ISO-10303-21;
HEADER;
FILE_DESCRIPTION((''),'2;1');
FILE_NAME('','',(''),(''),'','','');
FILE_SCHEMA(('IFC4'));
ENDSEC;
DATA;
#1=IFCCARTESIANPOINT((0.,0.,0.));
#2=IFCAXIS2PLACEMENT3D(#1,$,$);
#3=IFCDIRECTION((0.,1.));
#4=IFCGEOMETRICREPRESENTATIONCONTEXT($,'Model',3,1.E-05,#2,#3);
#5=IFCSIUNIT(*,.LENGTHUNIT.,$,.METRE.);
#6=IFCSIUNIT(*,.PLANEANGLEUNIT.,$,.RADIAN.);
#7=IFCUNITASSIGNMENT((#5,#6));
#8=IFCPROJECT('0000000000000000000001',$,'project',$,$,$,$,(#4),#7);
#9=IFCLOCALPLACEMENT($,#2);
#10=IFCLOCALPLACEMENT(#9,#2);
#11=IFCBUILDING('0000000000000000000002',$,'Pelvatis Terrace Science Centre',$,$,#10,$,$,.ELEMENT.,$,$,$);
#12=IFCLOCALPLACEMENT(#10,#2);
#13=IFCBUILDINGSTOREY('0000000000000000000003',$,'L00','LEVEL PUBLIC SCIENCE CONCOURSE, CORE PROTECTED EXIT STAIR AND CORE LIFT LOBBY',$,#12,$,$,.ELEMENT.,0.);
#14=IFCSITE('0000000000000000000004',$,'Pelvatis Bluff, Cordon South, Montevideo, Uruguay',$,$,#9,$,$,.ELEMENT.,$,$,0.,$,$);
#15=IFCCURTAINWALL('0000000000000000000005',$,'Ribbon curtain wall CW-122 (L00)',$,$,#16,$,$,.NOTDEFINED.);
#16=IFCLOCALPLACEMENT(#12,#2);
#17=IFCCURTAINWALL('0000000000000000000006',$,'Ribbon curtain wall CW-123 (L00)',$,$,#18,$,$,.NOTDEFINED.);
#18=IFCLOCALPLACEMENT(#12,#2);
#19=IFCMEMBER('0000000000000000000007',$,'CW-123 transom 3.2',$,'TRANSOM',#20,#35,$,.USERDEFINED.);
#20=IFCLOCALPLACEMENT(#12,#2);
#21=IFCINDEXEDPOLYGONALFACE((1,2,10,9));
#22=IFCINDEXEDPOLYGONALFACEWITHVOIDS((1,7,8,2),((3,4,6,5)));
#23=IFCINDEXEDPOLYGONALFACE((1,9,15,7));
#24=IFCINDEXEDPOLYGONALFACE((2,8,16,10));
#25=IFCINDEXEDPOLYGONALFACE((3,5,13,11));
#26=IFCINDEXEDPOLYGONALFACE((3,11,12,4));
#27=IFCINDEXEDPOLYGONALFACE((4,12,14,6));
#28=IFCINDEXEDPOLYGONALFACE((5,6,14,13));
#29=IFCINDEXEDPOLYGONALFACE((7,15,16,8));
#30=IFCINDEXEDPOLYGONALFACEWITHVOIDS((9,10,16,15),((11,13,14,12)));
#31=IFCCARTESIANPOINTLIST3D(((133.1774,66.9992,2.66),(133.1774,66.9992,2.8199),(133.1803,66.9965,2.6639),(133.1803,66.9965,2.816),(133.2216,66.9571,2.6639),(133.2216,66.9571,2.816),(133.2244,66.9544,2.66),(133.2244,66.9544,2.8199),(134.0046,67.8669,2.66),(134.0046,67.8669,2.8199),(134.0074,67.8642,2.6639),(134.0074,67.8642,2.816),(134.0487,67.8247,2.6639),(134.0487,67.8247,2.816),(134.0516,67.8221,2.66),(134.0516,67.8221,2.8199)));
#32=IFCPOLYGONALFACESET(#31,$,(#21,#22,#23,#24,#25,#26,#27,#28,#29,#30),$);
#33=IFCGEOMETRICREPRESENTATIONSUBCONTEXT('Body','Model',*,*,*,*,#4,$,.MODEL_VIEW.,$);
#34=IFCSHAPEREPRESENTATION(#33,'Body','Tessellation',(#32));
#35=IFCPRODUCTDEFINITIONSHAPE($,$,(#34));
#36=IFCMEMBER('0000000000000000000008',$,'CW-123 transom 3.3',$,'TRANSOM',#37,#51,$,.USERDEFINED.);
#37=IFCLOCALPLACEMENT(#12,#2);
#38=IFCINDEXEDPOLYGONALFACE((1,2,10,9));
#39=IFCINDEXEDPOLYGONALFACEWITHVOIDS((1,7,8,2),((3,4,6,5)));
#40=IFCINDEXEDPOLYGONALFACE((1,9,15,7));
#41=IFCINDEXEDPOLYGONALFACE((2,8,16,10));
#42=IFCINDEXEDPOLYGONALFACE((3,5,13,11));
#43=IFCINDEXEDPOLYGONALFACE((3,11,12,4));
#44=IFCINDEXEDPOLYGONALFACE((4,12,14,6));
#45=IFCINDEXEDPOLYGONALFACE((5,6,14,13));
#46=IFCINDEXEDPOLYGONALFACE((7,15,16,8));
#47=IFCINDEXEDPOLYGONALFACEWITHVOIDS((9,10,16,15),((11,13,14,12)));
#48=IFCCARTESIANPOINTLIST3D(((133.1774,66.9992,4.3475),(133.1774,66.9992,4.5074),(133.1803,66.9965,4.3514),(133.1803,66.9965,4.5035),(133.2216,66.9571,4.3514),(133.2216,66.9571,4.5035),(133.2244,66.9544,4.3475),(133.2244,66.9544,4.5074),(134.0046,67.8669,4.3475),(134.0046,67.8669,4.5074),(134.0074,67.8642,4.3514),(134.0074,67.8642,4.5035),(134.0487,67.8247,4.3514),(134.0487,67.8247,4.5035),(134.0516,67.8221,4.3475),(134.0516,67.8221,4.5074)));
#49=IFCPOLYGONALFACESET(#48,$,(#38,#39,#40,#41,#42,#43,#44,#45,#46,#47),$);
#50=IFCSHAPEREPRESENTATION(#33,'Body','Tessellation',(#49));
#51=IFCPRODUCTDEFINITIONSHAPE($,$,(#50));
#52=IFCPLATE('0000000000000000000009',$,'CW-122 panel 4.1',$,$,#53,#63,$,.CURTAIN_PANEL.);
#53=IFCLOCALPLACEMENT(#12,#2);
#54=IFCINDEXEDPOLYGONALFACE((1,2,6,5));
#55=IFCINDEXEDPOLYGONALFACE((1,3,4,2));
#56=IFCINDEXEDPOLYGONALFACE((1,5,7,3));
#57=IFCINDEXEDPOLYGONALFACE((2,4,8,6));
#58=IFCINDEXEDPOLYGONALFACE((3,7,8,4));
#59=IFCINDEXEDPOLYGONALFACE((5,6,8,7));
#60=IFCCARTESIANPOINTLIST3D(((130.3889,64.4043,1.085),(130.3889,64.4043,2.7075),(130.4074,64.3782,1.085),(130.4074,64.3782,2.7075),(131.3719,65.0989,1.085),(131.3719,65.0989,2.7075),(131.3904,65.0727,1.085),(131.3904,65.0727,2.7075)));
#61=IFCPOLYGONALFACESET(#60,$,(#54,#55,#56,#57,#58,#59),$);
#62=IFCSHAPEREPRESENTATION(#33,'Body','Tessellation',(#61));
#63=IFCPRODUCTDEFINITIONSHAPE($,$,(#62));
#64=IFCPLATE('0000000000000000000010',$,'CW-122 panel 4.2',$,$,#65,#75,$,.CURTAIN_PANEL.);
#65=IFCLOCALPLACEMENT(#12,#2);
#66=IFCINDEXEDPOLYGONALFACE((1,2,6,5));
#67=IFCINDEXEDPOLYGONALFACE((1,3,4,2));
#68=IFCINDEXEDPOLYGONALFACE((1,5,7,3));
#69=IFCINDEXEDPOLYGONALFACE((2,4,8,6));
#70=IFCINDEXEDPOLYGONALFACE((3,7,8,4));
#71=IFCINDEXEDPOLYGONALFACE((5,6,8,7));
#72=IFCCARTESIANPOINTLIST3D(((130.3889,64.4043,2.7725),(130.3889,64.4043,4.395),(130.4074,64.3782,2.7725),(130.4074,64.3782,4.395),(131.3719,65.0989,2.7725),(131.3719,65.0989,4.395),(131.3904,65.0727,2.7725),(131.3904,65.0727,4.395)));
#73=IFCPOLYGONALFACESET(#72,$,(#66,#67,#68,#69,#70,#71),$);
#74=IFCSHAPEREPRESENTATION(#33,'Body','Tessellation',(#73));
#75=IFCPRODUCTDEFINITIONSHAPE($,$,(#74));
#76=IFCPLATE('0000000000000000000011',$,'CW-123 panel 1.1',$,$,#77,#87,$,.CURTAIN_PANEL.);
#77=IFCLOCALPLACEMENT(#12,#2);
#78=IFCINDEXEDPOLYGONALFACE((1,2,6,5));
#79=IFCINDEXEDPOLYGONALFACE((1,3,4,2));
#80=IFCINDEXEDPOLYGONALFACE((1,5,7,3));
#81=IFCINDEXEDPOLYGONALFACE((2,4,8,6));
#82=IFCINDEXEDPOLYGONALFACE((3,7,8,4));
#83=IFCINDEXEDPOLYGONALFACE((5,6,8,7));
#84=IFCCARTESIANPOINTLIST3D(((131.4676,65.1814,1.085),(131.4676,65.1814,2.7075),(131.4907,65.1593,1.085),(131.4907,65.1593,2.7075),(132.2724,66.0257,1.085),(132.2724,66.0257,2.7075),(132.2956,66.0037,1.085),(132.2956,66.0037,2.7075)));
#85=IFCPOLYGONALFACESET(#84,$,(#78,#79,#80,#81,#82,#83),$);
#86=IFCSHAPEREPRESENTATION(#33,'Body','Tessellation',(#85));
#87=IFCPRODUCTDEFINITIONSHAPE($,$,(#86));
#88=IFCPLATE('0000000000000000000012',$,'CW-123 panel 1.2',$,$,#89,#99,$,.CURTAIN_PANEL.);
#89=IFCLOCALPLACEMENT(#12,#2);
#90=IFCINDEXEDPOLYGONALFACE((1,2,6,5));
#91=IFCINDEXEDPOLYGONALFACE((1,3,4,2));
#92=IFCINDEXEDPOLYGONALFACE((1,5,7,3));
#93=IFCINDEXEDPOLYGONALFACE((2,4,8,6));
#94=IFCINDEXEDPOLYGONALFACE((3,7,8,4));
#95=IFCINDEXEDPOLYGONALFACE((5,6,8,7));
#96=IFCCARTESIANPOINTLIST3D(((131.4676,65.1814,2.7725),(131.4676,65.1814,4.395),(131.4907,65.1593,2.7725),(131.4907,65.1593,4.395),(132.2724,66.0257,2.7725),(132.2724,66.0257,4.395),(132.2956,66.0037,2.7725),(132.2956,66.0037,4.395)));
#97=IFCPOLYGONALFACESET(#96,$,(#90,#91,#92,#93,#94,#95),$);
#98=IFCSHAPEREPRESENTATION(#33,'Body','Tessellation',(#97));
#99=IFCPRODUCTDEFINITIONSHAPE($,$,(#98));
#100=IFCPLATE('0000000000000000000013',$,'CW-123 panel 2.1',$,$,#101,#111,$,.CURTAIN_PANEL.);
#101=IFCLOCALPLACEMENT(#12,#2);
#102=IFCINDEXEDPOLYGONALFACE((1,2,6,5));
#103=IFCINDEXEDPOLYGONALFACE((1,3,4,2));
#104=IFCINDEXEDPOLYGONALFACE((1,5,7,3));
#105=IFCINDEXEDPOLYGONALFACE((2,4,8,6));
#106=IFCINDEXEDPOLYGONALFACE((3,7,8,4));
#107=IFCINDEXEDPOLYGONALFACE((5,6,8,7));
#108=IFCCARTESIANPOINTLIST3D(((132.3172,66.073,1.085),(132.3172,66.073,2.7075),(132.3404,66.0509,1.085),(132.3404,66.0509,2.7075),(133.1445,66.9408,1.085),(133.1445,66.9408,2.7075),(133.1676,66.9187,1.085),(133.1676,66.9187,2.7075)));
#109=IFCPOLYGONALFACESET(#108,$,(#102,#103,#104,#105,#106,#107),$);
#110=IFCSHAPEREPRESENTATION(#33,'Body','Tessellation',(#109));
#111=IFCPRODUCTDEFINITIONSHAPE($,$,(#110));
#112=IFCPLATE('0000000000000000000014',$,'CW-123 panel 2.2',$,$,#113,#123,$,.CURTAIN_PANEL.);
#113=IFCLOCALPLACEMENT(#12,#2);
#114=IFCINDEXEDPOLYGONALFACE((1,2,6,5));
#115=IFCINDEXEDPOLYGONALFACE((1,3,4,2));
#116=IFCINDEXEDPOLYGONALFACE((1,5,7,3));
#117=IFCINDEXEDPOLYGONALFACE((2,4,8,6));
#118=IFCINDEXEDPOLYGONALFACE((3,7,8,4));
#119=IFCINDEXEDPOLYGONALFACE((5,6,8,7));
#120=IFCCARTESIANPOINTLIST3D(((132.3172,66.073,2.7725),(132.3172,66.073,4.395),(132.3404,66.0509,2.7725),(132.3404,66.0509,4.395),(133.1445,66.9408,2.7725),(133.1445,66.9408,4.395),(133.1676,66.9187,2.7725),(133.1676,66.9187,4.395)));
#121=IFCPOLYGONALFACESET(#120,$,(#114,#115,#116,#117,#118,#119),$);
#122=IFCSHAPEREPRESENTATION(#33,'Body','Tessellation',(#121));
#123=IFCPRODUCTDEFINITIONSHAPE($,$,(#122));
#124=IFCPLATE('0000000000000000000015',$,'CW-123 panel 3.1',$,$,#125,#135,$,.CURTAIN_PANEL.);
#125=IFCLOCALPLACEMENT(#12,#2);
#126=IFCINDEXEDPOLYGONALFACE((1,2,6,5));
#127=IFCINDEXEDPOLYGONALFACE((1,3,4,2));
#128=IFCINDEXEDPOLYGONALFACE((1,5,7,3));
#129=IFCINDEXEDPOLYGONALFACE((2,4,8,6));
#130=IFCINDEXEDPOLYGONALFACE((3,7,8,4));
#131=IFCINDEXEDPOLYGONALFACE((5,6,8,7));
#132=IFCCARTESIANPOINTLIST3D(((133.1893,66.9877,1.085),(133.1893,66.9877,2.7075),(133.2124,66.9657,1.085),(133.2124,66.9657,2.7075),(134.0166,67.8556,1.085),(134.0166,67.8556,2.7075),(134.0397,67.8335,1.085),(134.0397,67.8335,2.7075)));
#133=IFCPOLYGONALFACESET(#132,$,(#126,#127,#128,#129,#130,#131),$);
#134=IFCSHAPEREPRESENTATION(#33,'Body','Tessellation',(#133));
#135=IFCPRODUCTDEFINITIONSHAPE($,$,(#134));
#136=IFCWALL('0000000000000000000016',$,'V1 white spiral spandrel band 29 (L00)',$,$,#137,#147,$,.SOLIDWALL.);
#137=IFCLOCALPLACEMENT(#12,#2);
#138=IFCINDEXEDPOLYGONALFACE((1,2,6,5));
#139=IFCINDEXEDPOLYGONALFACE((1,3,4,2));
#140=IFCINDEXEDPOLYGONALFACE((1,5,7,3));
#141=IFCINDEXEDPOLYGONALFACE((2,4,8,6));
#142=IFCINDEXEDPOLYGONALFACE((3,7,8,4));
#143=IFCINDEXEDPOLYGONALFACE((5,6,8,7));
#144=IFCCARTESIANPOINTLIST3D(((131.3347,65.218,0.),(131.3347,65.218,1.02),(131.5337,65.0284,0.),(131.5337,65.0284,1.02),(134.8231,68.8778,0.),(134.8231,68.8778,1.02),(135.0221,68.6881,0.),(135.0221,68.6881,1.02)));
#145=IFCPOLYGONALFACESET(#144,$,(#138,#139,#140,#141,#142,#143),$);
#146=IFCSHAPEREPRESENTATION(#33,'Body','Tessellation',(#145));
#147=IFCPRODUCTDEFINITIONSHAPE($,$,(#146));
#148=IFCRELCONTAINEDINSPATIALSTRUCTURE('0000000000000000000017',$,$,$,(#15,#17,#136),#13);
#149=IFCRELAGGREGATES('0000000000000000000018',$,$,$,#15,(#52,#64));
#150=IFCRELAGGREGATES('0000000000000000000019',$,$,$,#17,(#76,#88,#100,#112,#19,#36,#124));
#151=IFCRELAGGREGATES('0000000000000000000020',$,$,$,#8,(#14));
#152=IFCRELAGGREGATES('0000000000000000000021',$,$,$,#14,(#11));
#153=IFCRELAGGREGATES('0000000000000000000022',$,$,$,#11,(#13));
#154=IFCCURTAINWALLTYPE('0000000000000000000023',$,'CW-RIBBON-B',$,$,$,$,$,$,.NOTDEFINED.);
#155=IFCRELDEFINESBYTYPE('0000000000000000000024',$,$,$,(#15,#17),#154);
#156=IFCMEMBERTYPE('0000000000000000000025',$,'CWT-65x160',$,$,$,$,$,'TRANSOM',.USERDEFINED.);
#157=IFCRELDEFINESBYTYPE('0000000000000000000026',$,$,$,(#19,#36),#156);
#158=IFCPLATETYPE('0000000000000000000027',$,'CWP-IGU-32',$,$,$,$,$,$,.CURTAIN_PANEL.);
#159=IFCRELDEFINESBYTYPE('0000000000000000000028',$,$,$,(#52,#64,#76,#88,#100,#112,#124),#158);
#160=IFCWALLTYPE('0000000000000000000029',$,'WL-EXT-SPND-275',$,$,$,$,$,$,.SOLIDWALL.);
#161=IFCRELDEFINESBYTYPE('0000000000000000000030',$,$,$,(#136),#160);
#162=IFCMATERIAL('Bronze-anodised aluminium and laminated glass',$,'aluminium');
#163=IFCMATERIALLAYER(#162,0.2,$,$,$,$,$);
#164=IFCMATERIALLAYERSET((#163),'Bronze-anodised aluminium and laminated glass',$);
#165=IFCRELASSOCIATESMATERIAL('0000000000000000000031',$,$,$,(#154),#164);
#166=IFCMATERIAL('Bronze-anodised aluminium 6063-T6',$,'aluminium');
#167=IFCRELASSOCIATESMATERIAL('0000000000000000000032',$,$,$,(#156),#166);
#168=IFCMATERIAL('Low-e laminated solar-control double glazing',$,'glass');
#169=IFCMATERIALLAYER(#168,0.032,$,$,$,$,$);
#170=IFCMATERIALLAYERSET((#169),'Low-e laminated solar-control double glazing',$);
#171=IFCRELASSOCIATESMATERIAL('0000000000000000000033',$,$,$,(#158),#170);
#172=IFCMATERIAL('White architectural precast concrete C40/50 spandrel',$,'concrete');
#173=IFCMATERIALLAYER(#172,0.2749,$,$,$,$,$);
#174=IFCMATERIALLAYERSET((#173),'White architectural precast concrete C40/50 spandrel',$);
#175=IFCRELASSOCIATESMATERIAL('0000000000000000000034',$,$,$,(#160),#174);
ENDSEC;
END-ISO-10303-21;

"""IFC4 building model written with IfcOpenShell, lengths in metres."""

from ifc_helpers import new_model, si_unit, direction, frame, frame_2d, origin, origin_2d, place, context, subcontext, project, spatial, rectangle, hollow_rectangle, extrude, material, layer, layer_set, material_profile, profile_set, type_object, element, aggregate, save


model = new_model("IFC4")

# Units and contexts
model_context = context("Model", 3, precision=1e-05, world=origin(), true_north=direction((0.0, 1.0)))
body_context = subcontext(model_context, "Body", "Model", "MODEL_VIEW")
ifc_project = project(units=[si_unit("LENGTHUNIT", "METRE"), si_unit("PLANEANGLEUNIT", "RADIAN")], contexts=[model_context])

# Site, building, storey
site_placement = place(None, origin())
site = spatial("IfcSite", under=ifc_project, at=site_placement, Name="Pelvatis Bluff, Cordon South, Montevideo, Uruguay", CompositionType="ELEMENT", RefElevation=0.0)
building_placement = place(site_placement, origin())
building = spatial("IfcBuilding", under=site, at=building_placement, Name="Pelvatis Terrace Science Centre", CompositionType="ELEMENT")
storey_placement = place(building_placement, origin())
storey = spatial("IfcBuildingStorey", under=building, at=storey_placement, Name="L00", Description="LEVEL PUBLIC SCIENCE CONCOURSE, CORE PROTECTED EXIT STAIR AND CORE LIFT LOBBY", CompositionType="ELEMENT", Elevation=0.0)

# Curtain wall
ifc_material_1 = material(Name="Bronze-anodised aluminium and laminated glass", Category="aluminium")
ifc_layer_1 = layer(ifc_material_1, 0.2)
ifc_layer_set_1 = layer_set([ifc_layer_1], Name="Bronze-anodised aluminium and laminated glass")
curtain_wall_type = type_object("IfcCurtainWallType", Name="CW-RIBBON-B", PredefinedType="NOTDEFINED", material=ifc_layer_set_1)
curtain_wall_1_placement = place(storey_placement, origin())
curtain_wall_1 = element("IfcCurtainWall", 1, at=curtain_wall_1_placement, inside=storey, type_object=curtain_wall_type, Name="Ribbon curtain wall CW-122 (L00)", PredefinedType="NOTDEFINED")

# Curtain wall, members
curtain_wall_2_placement = place(storey_placement, origin())
curtain_wall_2 = element("IfcCurtainWall", 2, at=curtain_wall_2_placement, inside=storey, type_object=curtain_wall_type, Name="Ribbon curtain wall CW-123 (L00)", PredefinedType="NOTDEFINED")
ifc_material_2 = material(Name="Bronze-anodised aluminium 6063-T6", Category="aluminium")
ifc_material_profile_1 = material_profile(ifc_material_2, hollow_rectangle(XDim=0.0649, YDim=0.1599, WallThickness=0.0039, at=origin_2d()), Name="ALU-TRN 65x160")
ifc_profile_set_1 = profile_set([ifc_material_profile_1], Name="Bronze-anodised aluminium 6063-T6")
member_type_1 = type_object("IfcMemberType", Name="CWT-65x160", ElementType="TRANSOM", PredefinedType="USERDEFINED", material=ifc_profile_set_1)
member_1_placement = place(storey_placement, frame((133.2009, 66.9768, 2.74), z_axis=(0.690001, 0.723809, 0.0), x_axis=(-0.723809, 0.690001, 0.0)))
member_1 = element("IfcMember", 3, at=member_1_placement, type_object=member_type_1, Name="CW-123 transom 3.2", ObjectType="TRANSOM", PredefinedType="USERDEFINED", context=body_context, shape_type="SweptSolid", body=[
    extrude(hollow_rectangle(XDim=0.0649, YDim=0.1599, WallThickness=0.0039, at=origin_2d()), origin(), (0.0, 0.0, 1.0), 1.1987),
])
member_2_placement = place(storey_placement, frame((133.2009, 66.9768, 4.4275), z_axis=(0.690001, 0.723809, 0.0), x_axis=(-0.723809, 0.690001, 0.0)))
member_2 = element("IfcMember", 4, at=member_2_placement, type_object=member_type_1, Name="CW-123 transom 3.3", ObjectType="TRANSOM", PredefinedType="USERDEFINED", context=body_context, shape_type="SweptSolid", body=[
    extrude(hollow_rectangle(XDim=0.0649, YDim=0.1599, WallThickness=0.0039, at=origin_2d()), origin(), (0.0, 0.0, 1.0), 1.1987),
])

# Plates
ifc_material_3 = material(Name="Low-e laminated solar-control double glazing", Category="glass")
ifc_layer_2 = layer(ifc_material_3, 0.032)
ifc_layer_set_2 = layer_set([ifc_layer_2], Name="Low-e laminated solar-control double glazing")
plate_type = type_object("IfcPlateType", Name="CWP-IGU-32", PredefinedType="CURTAIN_PANEL", material=ifc_layer_set_2)
plate_1_placement = place(storey_placement, frame((130.8896, 64.7385, 1.085), z_axis=(0.0, 0.0, 1.0), x_axis=(0.816698, 0.577065, 0.0)))
plate_1 = element("IfcPlate", 5, at=plate_1_placement, type_object=plate_type, Name="CW-122 panel 4.1", PredefinedType="CURTAIN_PANEL", context=body_context, shape_type="SweptSolid", body=[
    extrude(rectangle(XDim=1.2036, YDim=0.032, at=origin_2d()), origin(), (0.0, 0.0, 1.0), 1.6226),
])
plate_2_placement = place(storey_placement, frame((130.8896, 64.7385, 2.7725), z_axis=(0.0, 0.0, 1.0), x_axis=(0.816698, 0.577065, 0.0)))
plate_2 = element("IfcPlate", 6, at=plate_2_placement, type_object=plate_type, Name="CW-122 panel 4.2", PredefinedType="CURTAIN_PANEL", context=body_context, shape_type="SweptSolid", body=[
    extrude(rectangle(XDim=1.2036, YDim=0.032, at=origin_2d()), origin(), (0.0, 0.0, 1.0), 1.6226),
])
aggregate(curtain_wall_1, [plate_1, plate_2])
plate_3_placement = place(storey_placement, frame((131.8816, 65.5925, 1.085), z_axis=(0.0, 0.0, 1.0), x_axis=(0.689973, 0.723835, 0.0)))
plate_3 = element("IfcPlate", 7, at=plate_3_placement, type_object=plate_type, Name="CW-123 panel 1.1", PredefinedType="CURTAIN_PANEL", context=body_context, shape_type="SweptSolid", body=[
    extrude(rectangle(XDim=1.1665, YDim=0.032, at=origin_2d()), origin(), (0.0, 0.0, 1.0), 1.6226),
])
plate_4_placement = place(storey_placement, frame((131.8816, 65.5925, 2.7725), z_axis=(0.0, 0.0, 1.0), x_axis=(0.689973, 0.723835, 0.0)))
plate_4 = element("IfcPlate", 8, at=plate_4_placement, type_object=plate_type, Name="CW-123 panel 1.2", PredefinedType="CURTAIN_PANEL", context=body_context, shape_type="SweptSolid", body=[
    extrude(rectangle(XDim=1.1665, YDim=0.032, at=origin_2d()), origin(), (0.0, 0.0, 1.0), 1.6226),
])
plate_5_placement = place(storey_placement, frame((132.7424, 66.4958, 1.085), z_axis=(0.0, 0.0, 1.0), x_axis=(0.689973, 0.723835, 0.0)))
plate_5 = element("IfcPlate", 9, at=plate_5_placement, type_object=plate_type, Name="CW-123 panel 2.1", PredefinedType="CURTAIN_PANEL", context=body_context, shape_type="SweptSolid", body=[
    extrude(rectangle(XDim=1.199, YDim=0.032, at=origin_2d()), origin(), (0.0, 0.0, 1.0), 1.6226),
])
plate_6_placement = place(storey_placement, frame((132.7424, 66.4958, 2.7725), z_axis=(0.0, 0.0, 1.0), x_axis=(0.689973, 0.723835, 0.0)))
plate_6 = element("IfcPlate", 10, at=plate_6_placement, type_object=plate_type, Name="CW-123 panel 2.2", PredefinedType="CURTAIN_PANEL", context=body_context, shape_type="SweptSolid", body=[
    extrude(rectangle(XDim=1.199, YDim=0.032, at=origin_2d()), origin(), (0.0, 0.0, 1.0), 1.6226),
])
plate_7_placement = place(storey_placement, frame((133.6145, 67.4106, 1.085), z_axis=(0.0, 0.0, 1.0), x_axis=(0.689973, 0.723835, 0.0)))
plate_7 = element("IfcPlate", 11, at=plate_7_placement, type_object=plate_type, Name="CW-123 panel 3.1", PredefinedType="CURTAIN_PANEL", context=body_context, shape_type="SweptSolid", body=[
    extrude(rectangle(XDim=1.199, YDim=0.032, at=origin_2d()), origin(), (0.0, 0.0, 1.0), 1.6226),
])
aggregate(curtain_wall_2, [plate_3, plate_4, plate_5, plate_6, member_1, member_2, plate_7])

# Wall
ifc_material_4 = material(Name="White architectural precast concrete C40/50 spandrel", Category="concrete")
ifc_layer_3 = layer(ifc_material_4, 0.2749)
ifc_layer_set_3 = layer_set([ifc_layer_3], Name="White architectural precast concrete C40/50 spandrel")
wall_type = type_object("IfcWallType", Name="WL-EXT-SPND-275", PredefinedType="SOLIDWALL", material=ifc_layer_set_3)
wall_placement = place(storey_placement, frame((131.4343, 65.1233, 0.0), z_axis=(0.0, 0.0, 1.0), x_axis=(0.689954, 0.723853, 0.0)))
element("IfcWall", 12, at=wall_placement, inside=storey, type_object=wall_type, Name="V1 white spiral spandrel band 29 (L00)", PredefinedType="SOLIDWALL", context=body_context, shape_type="SweptSolid", body=[
    extrude(rectangle(XDim=5.0559, YDim=0.2749, at=frame_2d((2.5278, 0.0))), origin(), (0.0, 0.0, 1.0), 1.02),
])

save(model, "model.ifc")
